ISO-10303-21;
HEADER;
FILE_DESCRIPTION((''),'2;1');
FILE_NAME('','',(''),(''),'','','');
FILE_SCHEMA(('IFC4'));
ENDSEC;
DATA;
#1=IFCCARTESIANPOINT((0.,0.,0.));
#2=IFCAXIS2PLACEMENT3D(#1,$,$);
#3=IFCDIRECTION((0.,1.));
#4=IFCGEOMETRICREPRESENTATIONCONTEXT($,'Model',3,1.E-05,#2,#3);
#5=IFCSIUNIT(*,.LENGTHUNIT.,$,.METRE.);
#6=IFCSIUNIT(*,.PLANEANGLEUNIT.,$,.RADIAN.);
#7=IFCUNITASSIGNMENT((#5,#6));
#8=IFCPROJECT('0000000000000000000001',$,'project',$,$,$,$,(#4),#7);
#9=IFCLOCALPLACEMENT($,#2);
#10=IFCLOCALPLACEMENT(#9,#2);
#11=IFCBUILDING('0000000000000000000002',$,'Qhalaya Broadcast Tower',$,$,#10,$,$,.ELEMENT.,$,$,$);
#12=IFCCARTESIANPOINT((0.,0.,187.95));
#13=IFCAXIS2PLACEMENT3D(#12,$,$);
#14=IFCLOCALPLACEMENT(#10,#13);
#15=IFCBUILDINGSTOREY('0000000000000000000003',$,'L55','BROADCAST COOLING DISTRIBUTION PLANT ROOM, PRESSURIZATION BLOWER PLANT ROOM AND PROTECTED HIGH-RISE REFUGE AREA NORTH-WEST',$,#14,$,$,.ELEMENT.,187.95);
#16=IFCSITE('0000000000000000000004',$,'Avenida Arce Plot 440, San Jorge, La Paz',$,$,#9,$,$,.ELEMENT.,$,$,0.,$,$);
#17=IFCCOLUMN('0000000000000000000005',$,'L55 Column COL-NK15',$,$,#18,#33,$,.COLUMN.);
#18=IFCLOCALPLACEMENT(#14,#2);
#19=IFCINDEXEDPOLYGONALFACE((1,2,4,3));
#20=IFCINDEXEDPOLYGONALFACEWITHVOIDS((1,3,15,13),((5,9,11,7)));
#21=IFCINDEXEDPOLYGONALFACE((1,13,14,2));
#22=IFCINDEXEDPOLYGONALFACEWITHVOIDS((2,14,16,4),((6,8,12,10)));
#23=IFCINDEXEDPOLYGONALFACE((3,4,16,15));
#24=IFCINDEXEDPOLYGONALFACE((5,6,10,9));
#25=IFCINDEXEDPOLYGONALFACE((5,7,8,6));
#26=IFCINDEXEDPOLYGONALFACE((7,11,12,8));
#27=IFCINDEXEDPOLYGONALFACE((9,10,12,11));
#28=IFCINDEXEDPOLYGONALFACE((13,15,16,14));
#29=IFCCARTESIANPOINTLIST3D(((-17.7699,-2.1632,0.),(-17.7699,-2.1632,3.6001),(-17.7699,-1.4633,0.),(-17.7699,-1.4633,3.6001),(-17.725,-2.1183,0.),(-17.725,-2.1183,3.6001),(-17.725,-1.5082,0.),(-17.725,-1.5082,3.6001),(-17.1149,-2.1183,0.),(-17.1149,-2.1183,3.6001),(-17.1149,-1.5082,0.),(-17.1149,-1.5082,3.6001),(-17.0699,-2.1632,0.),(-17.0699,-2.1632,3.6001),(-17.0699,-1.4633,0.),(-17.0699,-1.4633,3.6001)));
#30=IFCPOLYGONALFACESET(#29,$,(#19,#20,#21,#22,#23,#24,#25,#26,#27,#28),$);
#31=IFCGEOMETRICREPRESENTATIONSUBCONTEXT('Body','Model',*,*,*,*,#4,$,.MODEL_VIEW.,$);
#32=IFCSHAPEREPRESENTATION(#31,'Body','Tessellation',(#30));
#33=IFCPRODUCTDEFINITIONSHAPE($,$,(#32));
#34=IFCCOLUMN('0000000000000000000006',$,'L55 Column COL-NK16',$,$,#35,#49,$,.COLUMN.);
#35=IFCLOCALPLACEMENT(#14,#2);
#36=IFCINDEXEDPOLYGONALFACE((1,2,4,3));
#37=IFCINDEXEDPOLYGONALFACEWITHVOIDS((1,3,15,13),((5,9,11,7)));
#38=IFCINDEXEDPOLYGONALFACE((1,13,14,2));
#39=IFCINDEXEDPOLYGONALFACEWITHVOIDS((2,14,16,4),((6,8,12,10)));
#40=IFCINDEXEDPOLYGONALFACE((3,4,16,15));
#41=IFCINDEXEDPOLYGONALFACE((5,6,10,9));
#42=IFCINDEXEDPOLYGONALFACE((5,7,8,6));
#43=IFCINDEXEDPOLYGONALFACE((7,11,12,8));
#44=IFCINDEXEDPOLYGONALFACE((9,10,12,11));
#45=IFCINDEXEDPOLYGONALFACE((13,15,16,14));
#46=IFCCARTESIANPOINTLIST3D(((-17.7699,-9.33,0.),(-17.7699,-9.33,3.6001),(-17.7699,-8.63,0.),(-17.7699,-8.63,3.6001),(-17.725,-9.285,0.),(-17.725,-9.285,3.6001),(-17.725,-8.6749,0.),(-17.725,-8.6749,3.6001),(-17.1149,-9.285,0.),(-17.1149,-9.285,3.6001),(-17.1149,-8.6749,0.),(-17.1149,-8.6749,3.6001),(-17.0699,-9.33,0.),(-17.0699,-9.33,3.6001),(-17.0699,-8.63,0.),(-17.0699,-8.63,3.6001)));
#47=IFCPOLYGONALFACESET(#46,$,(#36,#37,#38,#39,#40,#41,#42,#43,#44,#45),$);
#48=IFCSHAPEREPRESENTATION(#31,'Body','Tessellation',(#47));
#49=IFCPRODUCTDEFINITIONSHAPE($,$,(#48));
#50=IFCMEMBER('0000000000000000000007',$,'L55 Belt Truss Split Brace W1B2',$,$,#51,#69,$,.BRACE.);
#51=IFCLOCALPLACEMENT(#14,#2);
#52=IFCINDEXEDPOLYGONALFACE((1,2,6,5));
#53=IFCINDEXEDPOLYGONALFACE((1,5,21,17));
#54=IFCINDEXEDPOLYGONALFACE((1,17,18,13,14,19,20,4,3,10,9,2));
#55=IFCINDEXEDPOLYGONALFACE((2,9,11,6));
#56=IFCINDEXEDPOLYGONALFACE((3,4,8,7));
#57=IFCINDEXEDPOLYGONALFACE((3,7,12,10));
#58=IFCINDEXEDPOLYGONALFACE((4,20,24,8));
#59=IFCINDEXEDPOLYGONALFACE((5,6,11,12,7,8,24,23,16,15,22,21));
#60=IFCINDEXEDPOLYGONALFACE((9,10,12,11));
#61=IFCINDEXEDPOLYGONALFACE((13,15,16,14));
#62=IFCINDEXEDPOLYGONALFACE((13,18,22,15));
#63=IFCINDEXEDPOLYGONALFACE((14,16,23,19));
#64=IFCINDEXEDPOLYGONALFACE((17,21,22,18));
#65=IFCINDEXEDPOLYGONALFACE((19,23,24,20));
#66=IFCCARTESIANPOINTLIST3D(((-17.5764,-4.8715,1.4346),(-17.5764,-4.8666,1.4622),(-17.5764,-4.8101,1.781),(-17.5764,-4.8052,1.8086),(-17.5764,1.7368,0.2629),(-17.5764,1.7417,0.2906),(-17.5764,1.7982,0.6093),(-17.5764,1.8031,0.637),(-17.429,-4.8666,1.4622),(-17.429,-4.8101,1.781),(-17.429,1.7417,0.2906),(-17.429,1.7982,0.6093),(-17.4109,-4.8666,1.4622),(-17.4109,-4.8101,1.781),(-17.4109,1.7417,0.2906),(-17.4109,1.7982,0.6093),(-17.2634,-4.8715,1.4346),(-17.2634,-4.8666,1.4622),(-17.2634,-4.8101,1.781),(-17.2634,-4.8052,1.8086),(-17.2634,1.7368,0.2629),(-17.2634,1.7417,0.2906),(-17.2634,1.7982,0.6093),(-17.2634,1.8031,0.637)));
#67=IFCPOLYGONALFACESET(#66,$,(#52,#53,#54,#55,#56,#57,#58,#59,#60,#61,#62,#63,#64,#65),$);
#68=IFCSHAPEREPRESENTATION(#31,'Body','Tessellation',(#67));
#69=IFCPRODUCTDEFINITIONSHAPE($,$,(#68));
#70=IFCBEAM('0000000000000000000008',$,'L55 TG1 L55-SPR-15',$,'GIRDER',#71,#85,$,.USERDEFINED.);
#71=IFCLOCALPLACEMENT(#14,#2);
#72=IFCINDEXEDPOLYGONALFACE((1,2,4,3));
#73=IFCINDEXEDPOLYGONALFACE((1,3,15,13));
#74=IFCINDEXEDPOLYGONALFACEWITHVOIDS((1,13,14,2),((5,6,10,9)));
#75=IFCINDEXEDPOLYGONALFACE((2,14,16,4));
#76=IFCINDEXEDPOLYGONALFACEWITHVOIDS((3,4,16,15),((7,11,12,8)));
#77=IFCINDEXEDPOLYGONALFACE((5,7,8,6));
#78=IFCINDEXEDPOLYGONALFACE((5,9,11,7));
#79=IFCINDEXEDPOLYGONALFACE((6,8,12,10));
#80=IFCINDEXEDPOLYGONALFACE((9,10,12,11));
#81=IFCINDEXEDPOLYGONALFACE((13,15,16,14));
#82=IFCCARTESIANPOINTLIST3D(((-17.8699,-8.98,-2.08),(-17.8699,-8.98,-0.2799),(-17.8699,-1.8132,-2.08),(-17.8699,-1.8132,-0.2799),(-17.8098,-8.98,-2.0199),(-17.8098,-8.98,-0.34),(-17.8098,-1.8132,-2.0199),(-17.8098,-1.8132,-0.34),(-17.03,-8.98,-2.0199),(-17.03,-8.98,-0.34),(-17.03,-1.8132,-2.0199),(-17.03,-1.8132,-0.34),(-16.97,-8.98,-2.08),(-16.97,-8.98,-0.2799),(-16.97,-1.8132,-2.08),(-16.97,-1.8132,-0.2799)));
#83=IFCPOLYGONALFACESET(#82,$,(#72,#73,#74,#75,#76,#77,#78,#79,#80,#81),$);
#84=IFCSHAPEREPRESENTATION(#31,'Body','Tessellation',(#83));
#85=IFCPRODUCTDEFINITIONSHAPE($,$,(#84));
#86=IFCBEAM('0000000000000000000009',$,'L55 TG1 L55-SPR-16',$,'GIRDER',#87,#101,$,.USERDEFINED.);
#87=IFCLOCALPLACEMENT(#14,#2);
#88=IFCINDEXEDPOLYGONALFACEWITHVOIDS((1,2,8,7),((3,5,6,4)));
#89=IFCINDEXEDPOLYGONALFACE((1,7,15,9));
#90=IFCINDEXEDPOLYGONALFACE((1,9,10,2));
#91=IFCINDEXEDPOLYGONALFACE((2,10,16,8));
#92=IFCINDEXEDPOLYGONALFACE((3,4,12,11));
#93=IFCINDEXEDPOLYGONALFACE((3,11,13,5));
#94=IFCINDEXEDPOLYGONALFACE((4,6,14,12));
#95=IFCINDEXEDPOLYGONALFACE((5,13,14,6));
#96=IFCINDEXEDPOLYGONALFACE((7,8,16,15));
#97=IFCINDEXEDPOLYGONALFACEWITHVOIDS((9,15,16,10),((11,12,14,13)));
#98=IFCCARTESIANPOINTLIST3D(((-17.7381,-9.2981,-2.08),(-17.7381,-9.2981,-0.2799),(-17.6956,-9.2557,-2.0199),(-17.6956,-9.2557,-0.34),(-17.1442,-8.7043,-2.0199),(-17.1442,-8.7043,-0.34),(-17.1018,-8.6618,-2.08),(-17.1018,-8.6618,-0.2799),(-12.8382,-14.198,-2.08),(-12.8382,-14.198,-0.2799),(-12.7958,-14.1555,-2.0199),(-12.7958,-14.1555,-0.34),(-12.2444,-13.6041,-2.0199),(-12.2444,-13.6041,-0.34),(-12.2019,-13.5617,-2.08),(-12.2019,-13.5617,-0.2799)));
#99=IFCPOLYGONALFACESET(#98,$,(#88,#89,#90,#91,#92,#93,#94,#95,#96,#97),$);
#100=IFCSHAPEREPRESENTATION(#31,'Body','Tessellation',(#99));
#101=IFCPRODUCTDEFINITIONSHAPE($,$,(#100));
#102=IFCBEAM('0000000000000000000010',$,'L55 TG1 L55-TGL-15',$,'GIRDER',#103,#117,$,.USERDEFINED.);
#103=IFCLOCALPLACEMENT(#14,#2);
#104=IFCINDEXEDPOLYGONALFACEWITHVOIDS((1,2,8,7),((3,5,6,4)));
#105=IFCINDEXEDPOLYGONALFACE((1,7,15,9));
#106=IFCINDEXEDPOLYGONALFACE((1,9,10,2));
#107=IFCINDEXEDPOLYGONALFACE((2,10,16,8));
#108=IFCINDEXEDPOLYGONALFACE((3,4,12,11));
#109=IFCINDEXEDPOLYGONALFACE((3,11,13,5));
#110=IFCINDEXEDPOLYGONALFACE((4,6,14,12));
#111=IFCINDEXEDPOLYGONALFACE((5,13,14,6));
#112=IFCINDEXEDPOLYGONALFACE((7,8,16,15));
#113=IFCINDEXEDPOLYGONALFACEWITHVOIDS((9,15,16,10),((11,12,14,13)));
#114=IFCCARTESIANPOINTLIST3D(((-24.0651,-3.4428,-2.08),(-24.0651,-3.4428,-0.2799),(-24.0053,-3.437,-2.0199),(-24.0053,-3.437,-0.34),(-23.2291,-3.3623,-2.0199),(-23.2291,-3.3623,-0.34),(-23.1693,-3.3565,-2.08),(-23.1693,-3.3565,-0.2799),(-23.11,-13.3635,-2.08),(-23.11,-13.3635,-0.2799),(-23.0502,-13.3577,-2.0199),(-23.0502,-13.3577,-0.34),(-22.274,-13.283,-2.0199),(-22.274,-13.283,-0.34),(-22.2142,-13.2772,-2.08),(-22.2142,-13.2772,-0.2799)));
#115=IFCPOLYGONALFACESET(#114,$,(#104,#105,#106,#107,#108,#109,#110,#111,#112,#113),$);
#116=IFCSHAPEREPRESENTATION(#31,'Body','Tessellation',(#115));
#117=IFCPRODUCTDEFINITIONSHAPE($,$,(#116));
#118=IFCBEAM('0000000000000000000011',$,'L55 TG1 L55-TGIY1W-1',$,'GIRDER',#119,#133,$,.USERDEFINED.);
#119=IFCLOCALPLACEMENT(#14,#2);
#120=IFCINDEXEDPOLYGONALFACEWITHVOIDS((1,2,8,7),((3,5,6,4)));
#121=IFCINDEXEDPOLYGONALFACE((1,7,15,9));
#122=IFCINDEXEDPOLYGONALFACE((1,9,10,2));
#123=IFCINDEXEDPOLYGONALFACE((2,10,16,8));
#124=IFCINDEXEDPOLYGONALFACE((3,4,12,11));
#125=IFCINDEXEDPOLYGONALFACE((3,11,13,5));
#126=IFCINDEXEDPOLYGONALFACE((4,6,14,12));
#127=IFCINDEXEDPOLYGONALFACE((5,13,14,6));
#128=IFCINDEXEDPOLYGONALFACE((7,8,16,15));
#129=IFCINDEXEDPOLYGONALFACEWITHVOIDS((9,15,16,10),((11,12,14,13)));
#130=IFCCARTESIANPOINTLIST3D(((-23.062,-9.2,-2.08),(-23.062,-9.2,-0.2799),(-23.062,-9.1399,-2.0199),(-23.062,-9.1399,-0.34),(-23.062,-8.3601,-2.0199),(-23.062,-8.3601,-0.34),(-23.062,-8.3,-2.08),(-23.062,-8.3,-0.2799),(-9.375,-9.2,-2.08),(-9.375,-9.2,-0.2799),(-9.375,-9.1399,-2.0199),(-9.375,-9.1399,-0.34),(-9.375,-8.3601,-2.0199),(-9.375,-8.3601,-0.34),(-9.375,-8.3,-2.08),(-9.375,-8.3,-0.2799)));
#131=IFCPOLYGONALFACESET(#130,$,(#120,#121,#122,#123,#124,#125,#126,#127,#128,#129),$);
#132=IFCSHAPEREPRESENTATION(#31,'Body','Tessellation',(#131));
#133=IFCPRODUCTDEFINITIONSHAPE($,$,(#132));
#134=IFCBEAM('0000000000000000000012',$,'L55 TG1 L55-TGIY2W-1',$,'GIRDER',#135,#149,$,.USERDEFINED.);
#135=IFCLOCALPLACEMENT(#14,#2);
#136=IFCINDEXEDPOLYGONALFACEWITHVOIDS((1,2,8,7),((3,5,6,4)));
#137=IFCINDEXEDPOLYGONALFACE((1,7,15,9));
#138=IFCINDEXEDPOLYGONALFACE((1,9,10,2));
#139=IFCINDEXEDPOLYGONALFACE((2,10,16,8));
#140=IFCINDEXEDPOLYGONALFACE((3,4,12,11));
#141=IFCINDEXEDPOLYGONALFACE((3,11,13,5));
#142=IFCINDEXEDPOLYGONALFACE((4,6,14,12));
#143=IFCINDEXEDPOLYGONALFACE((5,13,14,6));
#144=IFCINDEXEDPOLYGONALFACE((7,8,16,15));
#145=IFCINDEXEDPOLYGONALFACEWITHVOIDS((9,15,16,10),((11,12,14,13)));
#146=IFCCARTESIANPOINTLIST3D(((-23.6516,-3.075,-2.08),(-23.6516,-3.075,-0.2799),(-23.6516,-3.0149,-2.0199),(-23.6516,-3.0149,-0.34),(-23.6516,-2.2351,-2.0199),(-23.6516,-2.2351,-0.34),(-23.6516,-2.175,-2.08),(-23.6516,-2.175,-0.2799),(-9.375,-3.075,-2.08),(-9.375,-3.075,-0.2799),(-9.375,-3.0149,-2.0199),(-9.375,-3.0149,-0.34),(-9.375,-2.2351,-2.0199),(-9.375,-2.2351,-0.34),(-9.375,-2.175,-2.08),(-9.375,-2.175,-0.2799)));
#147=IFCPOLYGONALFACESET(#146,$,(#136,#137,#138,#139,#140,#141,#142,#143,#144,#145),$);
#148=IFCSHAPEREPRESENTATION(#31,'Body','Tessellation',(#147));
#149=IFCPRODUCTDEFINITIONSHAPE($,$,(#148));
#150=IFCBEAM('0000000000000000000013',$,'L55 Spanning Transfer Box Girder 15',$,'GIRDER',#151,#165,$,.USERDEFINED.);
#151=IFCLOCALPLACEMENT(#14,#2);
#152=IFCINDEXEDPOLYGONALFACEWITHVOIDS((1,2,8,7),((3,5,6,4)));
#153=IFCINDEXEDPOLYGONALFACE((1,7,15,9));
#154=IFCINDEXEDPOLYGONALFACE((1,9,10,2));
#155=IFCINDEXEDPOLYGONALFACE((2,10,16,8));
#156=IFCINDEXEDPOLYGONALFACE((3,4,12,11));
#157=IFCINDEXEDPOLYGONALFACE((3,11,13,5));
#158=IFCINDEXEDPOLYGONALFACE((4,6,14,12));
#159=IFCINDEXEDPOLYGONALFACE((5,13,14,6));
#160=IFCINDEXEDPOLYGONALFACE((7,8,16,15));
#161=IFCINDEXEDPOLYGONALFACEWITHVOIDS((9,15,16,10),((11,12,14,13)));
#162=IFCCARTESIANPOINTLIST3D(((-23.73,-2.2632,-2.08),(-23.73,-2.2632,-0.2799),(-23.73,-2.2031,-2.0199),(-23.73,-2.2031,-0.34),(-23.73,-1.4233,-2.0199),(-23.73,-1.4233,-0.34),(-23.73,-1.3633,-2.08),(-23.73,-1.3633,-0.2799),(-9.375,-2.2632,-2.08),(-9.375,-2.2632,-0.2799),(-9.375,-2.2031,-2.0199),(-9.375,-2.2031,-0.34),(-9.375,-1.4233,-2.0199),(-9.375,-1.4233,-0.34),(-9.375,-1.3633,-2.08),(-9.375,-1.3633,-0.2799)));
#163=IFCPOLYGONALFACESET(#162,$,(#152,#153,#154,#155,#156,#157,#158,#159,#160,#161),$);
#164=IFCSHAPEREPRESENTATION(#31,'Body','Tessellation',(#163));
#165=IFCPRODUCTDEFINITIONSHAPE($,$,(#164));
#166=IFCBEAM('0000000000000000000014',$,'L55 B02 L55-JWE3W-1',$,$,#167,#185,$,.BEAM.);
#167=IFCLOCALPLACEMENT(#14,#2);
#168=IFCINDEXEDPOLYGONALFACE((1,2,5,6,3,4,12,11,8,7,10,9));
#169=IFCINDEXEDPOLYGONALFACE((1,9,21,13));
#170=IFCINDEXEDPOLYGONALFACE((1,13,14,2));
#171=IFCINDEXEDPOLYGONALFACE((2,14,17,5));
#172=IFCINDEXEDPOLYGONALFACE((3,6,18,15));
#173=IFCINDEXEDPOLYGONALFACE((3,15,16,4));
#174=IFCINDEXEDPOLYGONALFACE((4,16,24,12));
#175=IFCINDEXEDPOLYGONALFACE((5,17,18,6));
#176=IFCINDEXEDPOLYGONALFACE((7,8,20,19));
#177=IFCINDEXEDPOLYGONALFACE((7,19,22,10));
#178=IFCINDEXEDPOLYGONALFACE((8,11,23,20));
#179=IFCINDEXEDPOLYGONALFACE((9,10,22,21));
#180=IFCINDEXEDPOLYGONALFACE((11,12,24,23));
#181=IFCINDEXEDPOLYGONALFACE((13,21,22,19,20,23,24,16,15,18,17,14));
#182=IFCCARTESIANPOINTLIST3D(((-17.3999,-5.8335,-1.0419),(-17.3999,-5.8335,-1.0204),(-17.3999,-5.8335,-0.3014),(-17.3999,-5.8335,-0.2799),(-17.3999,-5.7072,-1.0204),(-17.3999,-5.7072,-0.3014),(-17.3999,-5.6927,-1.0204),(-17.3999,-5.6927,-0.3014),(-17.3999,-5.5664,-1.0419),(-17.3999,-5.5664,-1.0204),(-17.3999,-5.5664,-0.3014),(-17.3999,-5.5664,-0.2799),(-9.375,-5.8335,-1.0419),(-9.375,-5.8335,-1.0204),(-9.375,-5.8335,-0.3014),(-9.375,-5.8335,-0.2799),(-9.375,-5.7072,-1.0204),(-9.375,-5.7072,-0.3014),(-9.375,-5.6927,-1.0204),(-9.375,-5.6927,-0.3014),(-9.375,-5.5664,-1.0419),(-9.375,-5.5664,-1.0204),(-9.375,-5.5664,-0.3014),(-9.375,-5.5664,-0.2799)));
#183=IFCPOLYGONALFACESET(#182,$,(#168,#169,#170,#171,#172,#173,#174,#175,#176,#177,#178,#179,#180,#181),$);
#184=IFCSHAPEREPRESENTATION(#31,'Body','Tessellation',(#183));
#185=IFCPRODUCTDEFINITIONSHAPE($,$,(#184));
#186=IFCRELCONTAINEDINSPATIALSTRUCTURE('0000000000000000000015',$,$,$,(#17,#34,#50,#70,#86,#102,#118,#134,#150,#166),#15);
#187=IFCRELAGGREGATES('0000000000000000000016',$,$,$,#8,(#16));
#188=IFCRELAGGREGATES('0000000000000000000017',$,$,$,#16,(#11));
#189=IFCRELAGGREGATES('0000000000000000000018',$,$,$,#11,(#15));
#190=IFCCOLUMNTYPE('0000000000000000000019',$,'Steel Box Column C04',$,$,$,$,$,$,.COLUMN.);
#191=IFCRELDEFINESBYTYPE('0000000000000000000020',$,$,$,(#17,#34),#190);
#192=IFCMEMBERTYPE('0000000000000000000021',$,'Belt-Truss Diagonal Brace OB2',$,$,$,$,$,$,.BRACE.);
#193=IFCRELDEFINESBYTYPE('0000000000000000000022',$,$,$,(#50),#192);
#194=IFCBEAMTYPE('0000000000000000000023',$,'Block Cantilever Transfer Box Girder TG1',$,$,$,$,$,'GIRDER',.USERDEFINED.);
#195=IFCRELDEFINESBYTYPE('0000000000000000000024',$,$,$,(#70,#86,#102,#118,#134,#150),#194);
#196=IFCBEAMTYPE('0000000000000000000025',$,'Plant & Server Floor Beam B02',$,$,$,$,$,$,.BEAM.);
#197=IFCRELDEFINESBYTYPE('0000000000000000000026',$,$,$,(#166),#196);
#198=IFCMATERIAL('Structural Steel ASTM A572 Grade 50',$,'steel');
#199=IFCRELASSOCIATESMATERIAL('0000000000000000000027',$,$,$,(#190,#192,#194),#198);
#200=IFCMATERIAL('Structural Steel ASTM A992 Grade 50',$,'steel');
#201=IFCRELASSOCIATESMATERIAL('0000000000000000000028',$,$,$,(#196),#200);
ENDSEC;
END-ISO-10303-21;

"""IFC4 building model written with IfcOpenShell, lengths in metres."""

from ifc_helpers import new_model, si_unit, direction, frame, origin, origin_2d, place, context, subcontext, project, spatial, hollow_rectangle, i_section, extrude, material, material_profile, profile_set, type_object, element, save


model = new_model("IFC4")

# Units and contexts
model_context = context("Model", 3, precision=1e-05, world=origin(), true_north=direction((0.0, 1.0)))
body_context = subcontext(model_context, "Body", "Model", "MODEL_VIEW")
ifc_project = project(units=[si_unit("LENGTHUNIT", "METRE"), si_unit("PLANEANGLEUNIT", "RADIAN")], contexts=[model_context])

# Site, building, storey
site_placement = place(None, origin())
site = spatial("IfcSite", under=ifc_project, at=site_placement, Name="Avenida Arce Plot 440, San Jorge, La Paz", CompositionType="ELEMENT", RefElevation=0.0)
building_placement = place(site_placement, origin())
building = spatial("IfcBuilding", under=site, at=building_placement, Name="Qhalaya Broadcast Tower", CompositionType="ELEMENT")
storey_placement = place(building_placement, frame((0.0, 0.0, 187.95)))
storey = spatial("IfcBuildingStorey", under=building, at=storey_placement, Name="L55", Description="BROADCAST COOLING DISTRIBUTION PLANT ROOM, PRESSURIZATION BLOWER PLANT ROOM AND PROTECTED HIGH-RISE REFUGE AREA NORTH-WEST", CompositionType="ELEMENT", Elevation=187.95)

# Columns
ifc_material_1 = material(Name="Structural Steel ASTM A572 Grade 50", Category="steel")
ifc_material_profile_1 = material_profile(ifc_material_1, hollow_rectangle(XDim=0.7, YDim=0.7, WallThickness=0.0449, at=origin_2d()), Name="BOX 700x700x45")
ifc_profile_set_1 = profile_set([ifc_material_profile_1], Name="Structural Steel ASTM A572 Grade 50")
column_type = type_object("IfcColumnType", Name="Steel Box Column C04", PredefinedType="COLUMN", material=ifc_profile_set_1)
for number, where, z_axis, x_axis, name in (
    (1, (-17.4199, -1.8132, 0.0), (0.0, 0.0, 1.0), (0.0, 1.0, 0.0), "L55 Column COL-NK15"),
    (2, (-17.4199, -8.98, 0.0), (0.0, 0.0, 1.0), (0.0, 1.0, 0.0), "L55 Column COL-NK16"),
):
    element("IfcColumn", number, at=place(storey_placement, frame(where, z_axis=z_axis, x_axis=x_axis)), inside=storey, type_object=column_type, Name=name, PredefinedType="COLUMN", context=body_context, shape_type="SweptSolid", body=[
        extrude(hollow_rectangle(XDim=0.7, YDim=0.7, WallThickness=0.0449, at=origin_2d()), origin(), (0.0, 0.0, 1.0), 3.6001),
    ])

# Member
ifc_material_profile_2 = material_profile(ifc_material_1, i_section(OverallWidth=0.313, OverallDepth=0.3799, WebThickness=0.0181, FlangeThickness=0.0281, at=origin_2d()), Name="W12X120")
ifc_profile_set_2 = profile_set([ifc_material_profile_2], Name="Structural Steel ASTM A572 Grade 50")
member_type = type_object("IfcMemberType", Name="Belt-Truss Diagonal Brace OB2", PredefinedType="BRACE", material=ifc_profile_set_2)
member_placement = place(storey_placement, frame((-17.4199, -4.8384, 1.6216), z_axis=(0.0, 0.984644, -0.174572), x_axis=(-1.0, 0.0, 0.0)))
element("IfcMember", 3, at=member_placement, inside=storey, type_object=member_type, Name="L55 Belt Truss Split Brace W1B2", PredefinedType="BRACE", context=body_context, shape_type="SweptSolid", body=[
    extrude(i_section(OverallWidth=0.313, OverallDepth=0.3799, WebThickness=0.0181, FlangeThickness=0.0281, at=origin_2d()), origin(), (0.0, 0.0, 1.0), 6.7114),
])

# Beams
ifc_material_profile_3 = material_profile(ifc_material_1, hollow_rectangle(XDim=0.8999, YDim=1.8, WallThickness=0.0601, at=origin_2d()), Name="BOX 900x1800x60")
ifc_profile_set_3 = profile_set([ifc_material_profile_3], Name="Structural Steel ASTM A572 Grade 50")
beam_type_1 = type_object("IfcBeamType", Name="Block Cantilever Transfer Box Girder TG1", ElementType="GIRDER", PredefinedType="USERDEFINED", material=ifc_profile_set_3)
beam_1_placement = place(storey_placement, frame((-17.4199, -1.8132, -1.1799), z_axis=(0.0, -1.0, 0.0), x_axis=(1.0, 0.0, 0.0)))
element("IfcBeam", 4, at=beam_1_placement, inside=storey, type_object=beam_type_1, Name="L55 TG1 L55-SPR-15", ObjectType="GIRDER", PredefinedType="USERDEFINED", context=body_context, shape_type="SweptSolid", body=[
    extrude(hollow_rectangle(XDim=0.8999, YDim=1.8, WallThickness=0.0601, at=origin_2d()), origin(), (0.0, 0.0, 1.0), 7.1667),
])
beam_2_placement = place(storey_placement, frame((-17.4199, -8.98, -1.1799), z_axis=(0.707107, -0.707107, 0.0), x_axis=(0.707107, 0.707107, 0.0)))
element("IfcBeam", 5, at=beam_2_placement, inside=storey, type_object=beam_type_1, Name="L55 TG1 L55-SPR-16", ObjectType="GIRDER", PredefinedType="USERDEFINED", context=body_context, shape_type="SweptSolid", body=[
    extrude(hollow_rectangle(XDim=0.8999, YDim=1.8, WallThickness=0.0601, at=origin_2d()), origin(), (0.0, 0.0, 1.0), 6.9294),
])
beam_3_placement = place(storey_placement, frame((-23.6172, -3.3997, -1.1799), z_axis=(0.095829, -0.995398, 0.0), x_axis=(0.995398, 0.095829, 0.0)))
element("IfcBeam", 6, at=beam_3_placement, inside=storey, type_object=beam_type_1, Name="L55 TG1 L55-TGL-15", ObjectType="GIRDER", PredefinedType="USERDEFINED", context=body_context, shape_type="SweptSolid", body=[
    extrude(hollow_rectangle(XDim=0.8999, YDim=1.8, WallThickness=0.0601, at=origin_2d()), origin(), (0.0, 0.0, 1.0), 9.9666),
])
beam_4_placement = place(storey_placement, frame((-23.062, -8.75, -1.1799), z_axis=(1.0, 0.0, 0.0), x_axis=(0.0, 1.0, 0.0)))
element("IfcBeam", 7, at=beam_4_placement, inside=storey, type_object=beam_type_1, Name="L55 TG1 L55-TGIY1W-1", ObjectType="GIRDER", PredefinedType="USERDEFINED", context=body_context, shape_type="SweptSolid", body=[
    extrude(hollow_rectangle(XDim=0.8999, YDim=1.8, WallThickness=0.0601, at=origin_2d()), origin(), (0.0, 0.0, 1.0), 13.687),
])
beam_5_placement = place(storey_placement, frame((-23.6516, -2.625, -1.1799), z_axis=(1.0, 0.0, 0.0), x_axis=(0.0, 1.0, 0.0)))
element("IfcBeam", 8, at=beam_5_placement, inside=storey, type_object=beam_type_1, Name="L55 TG1 L55-TGIY2W-1", ObjectType="GIRDER", PredefinedType="USERDEFINED", context=body_context, shape_type="SweptSolid", body=[
    extrude(hollow_rectangle(XDim=0.8999, YDim=1.8, WallThickness=0.0601, at=origin_2d()), origin(), (0.0, 0.0, 1.0), 14.2766),
])
beam_6_placement = place(storey_placement, frame((-23.73, -1.8132, -1.1799), z_axis=(1.0, 0.0, 0.0), x_axis=(0.0, 1.0, 0.0)))
element("IfcBeam", 9, at=beam_6_placement, inside=storey, type_object=beam_type_1, Name="L55 Spanning Transfer Box Girder 15", ObjectType="GIRDER", PredefinedType="USERDEFINED", context=body_context, shape_type="SweptSolid", body=[
    extrude(hollow_rectangle(XDim=0.8999, YDim=1.8, WallThickness=0.0601, at=origin_2d()), origin(), (0.0, 0.0, 1.0), 14.355),
])
ifc_material_2 = material(Name="Structural Steel ASTM A992 Grade 50", Category="steel")
ifc_material_profile_4 = material_profile(ifc_material_2, i_section(OverallWidth=0.2671, OverallDepth=0.762, WebThickness=0.0144, FlangeThickness=0.0215, at=origin_2d()), Name="W30X116")
ifc_profile_set_4 = profile_set([ifc_material_profile_4], Name="Structural Steel ASTM A992 Grade 50")
beam_type_2 = type_object("IfcBeamType", Name="Plant & Server Floor Beam B02", PredefinedType="BEAM", material=ifc_profile_set_4)
beam_7_placement = place(storey_placement, frame((-17.3999, -5.7, -0.6609), z_axis=(1.0, 0.0, 0.0), x_axis=(0.0, 1.0, 0.0)))
element("IfcBeam", 10, at=beam_7_placement, inside=storey, type_object=beam_type_2, Name="L55 B02 L55-JWE3W-1", PredefinedType="BEAM", context=body_context, shape_type="SweptSolid", body=[
    extrude(i_section(OverallWidth=0.2671, OverallDepth=0.762, WebThickness=0.0144, FlangeThickness=0.0215, at=origin_2d()), origin(), (0.0, 0.0, 1.0), 8.0249),
])

save(model, "model.ifc")
